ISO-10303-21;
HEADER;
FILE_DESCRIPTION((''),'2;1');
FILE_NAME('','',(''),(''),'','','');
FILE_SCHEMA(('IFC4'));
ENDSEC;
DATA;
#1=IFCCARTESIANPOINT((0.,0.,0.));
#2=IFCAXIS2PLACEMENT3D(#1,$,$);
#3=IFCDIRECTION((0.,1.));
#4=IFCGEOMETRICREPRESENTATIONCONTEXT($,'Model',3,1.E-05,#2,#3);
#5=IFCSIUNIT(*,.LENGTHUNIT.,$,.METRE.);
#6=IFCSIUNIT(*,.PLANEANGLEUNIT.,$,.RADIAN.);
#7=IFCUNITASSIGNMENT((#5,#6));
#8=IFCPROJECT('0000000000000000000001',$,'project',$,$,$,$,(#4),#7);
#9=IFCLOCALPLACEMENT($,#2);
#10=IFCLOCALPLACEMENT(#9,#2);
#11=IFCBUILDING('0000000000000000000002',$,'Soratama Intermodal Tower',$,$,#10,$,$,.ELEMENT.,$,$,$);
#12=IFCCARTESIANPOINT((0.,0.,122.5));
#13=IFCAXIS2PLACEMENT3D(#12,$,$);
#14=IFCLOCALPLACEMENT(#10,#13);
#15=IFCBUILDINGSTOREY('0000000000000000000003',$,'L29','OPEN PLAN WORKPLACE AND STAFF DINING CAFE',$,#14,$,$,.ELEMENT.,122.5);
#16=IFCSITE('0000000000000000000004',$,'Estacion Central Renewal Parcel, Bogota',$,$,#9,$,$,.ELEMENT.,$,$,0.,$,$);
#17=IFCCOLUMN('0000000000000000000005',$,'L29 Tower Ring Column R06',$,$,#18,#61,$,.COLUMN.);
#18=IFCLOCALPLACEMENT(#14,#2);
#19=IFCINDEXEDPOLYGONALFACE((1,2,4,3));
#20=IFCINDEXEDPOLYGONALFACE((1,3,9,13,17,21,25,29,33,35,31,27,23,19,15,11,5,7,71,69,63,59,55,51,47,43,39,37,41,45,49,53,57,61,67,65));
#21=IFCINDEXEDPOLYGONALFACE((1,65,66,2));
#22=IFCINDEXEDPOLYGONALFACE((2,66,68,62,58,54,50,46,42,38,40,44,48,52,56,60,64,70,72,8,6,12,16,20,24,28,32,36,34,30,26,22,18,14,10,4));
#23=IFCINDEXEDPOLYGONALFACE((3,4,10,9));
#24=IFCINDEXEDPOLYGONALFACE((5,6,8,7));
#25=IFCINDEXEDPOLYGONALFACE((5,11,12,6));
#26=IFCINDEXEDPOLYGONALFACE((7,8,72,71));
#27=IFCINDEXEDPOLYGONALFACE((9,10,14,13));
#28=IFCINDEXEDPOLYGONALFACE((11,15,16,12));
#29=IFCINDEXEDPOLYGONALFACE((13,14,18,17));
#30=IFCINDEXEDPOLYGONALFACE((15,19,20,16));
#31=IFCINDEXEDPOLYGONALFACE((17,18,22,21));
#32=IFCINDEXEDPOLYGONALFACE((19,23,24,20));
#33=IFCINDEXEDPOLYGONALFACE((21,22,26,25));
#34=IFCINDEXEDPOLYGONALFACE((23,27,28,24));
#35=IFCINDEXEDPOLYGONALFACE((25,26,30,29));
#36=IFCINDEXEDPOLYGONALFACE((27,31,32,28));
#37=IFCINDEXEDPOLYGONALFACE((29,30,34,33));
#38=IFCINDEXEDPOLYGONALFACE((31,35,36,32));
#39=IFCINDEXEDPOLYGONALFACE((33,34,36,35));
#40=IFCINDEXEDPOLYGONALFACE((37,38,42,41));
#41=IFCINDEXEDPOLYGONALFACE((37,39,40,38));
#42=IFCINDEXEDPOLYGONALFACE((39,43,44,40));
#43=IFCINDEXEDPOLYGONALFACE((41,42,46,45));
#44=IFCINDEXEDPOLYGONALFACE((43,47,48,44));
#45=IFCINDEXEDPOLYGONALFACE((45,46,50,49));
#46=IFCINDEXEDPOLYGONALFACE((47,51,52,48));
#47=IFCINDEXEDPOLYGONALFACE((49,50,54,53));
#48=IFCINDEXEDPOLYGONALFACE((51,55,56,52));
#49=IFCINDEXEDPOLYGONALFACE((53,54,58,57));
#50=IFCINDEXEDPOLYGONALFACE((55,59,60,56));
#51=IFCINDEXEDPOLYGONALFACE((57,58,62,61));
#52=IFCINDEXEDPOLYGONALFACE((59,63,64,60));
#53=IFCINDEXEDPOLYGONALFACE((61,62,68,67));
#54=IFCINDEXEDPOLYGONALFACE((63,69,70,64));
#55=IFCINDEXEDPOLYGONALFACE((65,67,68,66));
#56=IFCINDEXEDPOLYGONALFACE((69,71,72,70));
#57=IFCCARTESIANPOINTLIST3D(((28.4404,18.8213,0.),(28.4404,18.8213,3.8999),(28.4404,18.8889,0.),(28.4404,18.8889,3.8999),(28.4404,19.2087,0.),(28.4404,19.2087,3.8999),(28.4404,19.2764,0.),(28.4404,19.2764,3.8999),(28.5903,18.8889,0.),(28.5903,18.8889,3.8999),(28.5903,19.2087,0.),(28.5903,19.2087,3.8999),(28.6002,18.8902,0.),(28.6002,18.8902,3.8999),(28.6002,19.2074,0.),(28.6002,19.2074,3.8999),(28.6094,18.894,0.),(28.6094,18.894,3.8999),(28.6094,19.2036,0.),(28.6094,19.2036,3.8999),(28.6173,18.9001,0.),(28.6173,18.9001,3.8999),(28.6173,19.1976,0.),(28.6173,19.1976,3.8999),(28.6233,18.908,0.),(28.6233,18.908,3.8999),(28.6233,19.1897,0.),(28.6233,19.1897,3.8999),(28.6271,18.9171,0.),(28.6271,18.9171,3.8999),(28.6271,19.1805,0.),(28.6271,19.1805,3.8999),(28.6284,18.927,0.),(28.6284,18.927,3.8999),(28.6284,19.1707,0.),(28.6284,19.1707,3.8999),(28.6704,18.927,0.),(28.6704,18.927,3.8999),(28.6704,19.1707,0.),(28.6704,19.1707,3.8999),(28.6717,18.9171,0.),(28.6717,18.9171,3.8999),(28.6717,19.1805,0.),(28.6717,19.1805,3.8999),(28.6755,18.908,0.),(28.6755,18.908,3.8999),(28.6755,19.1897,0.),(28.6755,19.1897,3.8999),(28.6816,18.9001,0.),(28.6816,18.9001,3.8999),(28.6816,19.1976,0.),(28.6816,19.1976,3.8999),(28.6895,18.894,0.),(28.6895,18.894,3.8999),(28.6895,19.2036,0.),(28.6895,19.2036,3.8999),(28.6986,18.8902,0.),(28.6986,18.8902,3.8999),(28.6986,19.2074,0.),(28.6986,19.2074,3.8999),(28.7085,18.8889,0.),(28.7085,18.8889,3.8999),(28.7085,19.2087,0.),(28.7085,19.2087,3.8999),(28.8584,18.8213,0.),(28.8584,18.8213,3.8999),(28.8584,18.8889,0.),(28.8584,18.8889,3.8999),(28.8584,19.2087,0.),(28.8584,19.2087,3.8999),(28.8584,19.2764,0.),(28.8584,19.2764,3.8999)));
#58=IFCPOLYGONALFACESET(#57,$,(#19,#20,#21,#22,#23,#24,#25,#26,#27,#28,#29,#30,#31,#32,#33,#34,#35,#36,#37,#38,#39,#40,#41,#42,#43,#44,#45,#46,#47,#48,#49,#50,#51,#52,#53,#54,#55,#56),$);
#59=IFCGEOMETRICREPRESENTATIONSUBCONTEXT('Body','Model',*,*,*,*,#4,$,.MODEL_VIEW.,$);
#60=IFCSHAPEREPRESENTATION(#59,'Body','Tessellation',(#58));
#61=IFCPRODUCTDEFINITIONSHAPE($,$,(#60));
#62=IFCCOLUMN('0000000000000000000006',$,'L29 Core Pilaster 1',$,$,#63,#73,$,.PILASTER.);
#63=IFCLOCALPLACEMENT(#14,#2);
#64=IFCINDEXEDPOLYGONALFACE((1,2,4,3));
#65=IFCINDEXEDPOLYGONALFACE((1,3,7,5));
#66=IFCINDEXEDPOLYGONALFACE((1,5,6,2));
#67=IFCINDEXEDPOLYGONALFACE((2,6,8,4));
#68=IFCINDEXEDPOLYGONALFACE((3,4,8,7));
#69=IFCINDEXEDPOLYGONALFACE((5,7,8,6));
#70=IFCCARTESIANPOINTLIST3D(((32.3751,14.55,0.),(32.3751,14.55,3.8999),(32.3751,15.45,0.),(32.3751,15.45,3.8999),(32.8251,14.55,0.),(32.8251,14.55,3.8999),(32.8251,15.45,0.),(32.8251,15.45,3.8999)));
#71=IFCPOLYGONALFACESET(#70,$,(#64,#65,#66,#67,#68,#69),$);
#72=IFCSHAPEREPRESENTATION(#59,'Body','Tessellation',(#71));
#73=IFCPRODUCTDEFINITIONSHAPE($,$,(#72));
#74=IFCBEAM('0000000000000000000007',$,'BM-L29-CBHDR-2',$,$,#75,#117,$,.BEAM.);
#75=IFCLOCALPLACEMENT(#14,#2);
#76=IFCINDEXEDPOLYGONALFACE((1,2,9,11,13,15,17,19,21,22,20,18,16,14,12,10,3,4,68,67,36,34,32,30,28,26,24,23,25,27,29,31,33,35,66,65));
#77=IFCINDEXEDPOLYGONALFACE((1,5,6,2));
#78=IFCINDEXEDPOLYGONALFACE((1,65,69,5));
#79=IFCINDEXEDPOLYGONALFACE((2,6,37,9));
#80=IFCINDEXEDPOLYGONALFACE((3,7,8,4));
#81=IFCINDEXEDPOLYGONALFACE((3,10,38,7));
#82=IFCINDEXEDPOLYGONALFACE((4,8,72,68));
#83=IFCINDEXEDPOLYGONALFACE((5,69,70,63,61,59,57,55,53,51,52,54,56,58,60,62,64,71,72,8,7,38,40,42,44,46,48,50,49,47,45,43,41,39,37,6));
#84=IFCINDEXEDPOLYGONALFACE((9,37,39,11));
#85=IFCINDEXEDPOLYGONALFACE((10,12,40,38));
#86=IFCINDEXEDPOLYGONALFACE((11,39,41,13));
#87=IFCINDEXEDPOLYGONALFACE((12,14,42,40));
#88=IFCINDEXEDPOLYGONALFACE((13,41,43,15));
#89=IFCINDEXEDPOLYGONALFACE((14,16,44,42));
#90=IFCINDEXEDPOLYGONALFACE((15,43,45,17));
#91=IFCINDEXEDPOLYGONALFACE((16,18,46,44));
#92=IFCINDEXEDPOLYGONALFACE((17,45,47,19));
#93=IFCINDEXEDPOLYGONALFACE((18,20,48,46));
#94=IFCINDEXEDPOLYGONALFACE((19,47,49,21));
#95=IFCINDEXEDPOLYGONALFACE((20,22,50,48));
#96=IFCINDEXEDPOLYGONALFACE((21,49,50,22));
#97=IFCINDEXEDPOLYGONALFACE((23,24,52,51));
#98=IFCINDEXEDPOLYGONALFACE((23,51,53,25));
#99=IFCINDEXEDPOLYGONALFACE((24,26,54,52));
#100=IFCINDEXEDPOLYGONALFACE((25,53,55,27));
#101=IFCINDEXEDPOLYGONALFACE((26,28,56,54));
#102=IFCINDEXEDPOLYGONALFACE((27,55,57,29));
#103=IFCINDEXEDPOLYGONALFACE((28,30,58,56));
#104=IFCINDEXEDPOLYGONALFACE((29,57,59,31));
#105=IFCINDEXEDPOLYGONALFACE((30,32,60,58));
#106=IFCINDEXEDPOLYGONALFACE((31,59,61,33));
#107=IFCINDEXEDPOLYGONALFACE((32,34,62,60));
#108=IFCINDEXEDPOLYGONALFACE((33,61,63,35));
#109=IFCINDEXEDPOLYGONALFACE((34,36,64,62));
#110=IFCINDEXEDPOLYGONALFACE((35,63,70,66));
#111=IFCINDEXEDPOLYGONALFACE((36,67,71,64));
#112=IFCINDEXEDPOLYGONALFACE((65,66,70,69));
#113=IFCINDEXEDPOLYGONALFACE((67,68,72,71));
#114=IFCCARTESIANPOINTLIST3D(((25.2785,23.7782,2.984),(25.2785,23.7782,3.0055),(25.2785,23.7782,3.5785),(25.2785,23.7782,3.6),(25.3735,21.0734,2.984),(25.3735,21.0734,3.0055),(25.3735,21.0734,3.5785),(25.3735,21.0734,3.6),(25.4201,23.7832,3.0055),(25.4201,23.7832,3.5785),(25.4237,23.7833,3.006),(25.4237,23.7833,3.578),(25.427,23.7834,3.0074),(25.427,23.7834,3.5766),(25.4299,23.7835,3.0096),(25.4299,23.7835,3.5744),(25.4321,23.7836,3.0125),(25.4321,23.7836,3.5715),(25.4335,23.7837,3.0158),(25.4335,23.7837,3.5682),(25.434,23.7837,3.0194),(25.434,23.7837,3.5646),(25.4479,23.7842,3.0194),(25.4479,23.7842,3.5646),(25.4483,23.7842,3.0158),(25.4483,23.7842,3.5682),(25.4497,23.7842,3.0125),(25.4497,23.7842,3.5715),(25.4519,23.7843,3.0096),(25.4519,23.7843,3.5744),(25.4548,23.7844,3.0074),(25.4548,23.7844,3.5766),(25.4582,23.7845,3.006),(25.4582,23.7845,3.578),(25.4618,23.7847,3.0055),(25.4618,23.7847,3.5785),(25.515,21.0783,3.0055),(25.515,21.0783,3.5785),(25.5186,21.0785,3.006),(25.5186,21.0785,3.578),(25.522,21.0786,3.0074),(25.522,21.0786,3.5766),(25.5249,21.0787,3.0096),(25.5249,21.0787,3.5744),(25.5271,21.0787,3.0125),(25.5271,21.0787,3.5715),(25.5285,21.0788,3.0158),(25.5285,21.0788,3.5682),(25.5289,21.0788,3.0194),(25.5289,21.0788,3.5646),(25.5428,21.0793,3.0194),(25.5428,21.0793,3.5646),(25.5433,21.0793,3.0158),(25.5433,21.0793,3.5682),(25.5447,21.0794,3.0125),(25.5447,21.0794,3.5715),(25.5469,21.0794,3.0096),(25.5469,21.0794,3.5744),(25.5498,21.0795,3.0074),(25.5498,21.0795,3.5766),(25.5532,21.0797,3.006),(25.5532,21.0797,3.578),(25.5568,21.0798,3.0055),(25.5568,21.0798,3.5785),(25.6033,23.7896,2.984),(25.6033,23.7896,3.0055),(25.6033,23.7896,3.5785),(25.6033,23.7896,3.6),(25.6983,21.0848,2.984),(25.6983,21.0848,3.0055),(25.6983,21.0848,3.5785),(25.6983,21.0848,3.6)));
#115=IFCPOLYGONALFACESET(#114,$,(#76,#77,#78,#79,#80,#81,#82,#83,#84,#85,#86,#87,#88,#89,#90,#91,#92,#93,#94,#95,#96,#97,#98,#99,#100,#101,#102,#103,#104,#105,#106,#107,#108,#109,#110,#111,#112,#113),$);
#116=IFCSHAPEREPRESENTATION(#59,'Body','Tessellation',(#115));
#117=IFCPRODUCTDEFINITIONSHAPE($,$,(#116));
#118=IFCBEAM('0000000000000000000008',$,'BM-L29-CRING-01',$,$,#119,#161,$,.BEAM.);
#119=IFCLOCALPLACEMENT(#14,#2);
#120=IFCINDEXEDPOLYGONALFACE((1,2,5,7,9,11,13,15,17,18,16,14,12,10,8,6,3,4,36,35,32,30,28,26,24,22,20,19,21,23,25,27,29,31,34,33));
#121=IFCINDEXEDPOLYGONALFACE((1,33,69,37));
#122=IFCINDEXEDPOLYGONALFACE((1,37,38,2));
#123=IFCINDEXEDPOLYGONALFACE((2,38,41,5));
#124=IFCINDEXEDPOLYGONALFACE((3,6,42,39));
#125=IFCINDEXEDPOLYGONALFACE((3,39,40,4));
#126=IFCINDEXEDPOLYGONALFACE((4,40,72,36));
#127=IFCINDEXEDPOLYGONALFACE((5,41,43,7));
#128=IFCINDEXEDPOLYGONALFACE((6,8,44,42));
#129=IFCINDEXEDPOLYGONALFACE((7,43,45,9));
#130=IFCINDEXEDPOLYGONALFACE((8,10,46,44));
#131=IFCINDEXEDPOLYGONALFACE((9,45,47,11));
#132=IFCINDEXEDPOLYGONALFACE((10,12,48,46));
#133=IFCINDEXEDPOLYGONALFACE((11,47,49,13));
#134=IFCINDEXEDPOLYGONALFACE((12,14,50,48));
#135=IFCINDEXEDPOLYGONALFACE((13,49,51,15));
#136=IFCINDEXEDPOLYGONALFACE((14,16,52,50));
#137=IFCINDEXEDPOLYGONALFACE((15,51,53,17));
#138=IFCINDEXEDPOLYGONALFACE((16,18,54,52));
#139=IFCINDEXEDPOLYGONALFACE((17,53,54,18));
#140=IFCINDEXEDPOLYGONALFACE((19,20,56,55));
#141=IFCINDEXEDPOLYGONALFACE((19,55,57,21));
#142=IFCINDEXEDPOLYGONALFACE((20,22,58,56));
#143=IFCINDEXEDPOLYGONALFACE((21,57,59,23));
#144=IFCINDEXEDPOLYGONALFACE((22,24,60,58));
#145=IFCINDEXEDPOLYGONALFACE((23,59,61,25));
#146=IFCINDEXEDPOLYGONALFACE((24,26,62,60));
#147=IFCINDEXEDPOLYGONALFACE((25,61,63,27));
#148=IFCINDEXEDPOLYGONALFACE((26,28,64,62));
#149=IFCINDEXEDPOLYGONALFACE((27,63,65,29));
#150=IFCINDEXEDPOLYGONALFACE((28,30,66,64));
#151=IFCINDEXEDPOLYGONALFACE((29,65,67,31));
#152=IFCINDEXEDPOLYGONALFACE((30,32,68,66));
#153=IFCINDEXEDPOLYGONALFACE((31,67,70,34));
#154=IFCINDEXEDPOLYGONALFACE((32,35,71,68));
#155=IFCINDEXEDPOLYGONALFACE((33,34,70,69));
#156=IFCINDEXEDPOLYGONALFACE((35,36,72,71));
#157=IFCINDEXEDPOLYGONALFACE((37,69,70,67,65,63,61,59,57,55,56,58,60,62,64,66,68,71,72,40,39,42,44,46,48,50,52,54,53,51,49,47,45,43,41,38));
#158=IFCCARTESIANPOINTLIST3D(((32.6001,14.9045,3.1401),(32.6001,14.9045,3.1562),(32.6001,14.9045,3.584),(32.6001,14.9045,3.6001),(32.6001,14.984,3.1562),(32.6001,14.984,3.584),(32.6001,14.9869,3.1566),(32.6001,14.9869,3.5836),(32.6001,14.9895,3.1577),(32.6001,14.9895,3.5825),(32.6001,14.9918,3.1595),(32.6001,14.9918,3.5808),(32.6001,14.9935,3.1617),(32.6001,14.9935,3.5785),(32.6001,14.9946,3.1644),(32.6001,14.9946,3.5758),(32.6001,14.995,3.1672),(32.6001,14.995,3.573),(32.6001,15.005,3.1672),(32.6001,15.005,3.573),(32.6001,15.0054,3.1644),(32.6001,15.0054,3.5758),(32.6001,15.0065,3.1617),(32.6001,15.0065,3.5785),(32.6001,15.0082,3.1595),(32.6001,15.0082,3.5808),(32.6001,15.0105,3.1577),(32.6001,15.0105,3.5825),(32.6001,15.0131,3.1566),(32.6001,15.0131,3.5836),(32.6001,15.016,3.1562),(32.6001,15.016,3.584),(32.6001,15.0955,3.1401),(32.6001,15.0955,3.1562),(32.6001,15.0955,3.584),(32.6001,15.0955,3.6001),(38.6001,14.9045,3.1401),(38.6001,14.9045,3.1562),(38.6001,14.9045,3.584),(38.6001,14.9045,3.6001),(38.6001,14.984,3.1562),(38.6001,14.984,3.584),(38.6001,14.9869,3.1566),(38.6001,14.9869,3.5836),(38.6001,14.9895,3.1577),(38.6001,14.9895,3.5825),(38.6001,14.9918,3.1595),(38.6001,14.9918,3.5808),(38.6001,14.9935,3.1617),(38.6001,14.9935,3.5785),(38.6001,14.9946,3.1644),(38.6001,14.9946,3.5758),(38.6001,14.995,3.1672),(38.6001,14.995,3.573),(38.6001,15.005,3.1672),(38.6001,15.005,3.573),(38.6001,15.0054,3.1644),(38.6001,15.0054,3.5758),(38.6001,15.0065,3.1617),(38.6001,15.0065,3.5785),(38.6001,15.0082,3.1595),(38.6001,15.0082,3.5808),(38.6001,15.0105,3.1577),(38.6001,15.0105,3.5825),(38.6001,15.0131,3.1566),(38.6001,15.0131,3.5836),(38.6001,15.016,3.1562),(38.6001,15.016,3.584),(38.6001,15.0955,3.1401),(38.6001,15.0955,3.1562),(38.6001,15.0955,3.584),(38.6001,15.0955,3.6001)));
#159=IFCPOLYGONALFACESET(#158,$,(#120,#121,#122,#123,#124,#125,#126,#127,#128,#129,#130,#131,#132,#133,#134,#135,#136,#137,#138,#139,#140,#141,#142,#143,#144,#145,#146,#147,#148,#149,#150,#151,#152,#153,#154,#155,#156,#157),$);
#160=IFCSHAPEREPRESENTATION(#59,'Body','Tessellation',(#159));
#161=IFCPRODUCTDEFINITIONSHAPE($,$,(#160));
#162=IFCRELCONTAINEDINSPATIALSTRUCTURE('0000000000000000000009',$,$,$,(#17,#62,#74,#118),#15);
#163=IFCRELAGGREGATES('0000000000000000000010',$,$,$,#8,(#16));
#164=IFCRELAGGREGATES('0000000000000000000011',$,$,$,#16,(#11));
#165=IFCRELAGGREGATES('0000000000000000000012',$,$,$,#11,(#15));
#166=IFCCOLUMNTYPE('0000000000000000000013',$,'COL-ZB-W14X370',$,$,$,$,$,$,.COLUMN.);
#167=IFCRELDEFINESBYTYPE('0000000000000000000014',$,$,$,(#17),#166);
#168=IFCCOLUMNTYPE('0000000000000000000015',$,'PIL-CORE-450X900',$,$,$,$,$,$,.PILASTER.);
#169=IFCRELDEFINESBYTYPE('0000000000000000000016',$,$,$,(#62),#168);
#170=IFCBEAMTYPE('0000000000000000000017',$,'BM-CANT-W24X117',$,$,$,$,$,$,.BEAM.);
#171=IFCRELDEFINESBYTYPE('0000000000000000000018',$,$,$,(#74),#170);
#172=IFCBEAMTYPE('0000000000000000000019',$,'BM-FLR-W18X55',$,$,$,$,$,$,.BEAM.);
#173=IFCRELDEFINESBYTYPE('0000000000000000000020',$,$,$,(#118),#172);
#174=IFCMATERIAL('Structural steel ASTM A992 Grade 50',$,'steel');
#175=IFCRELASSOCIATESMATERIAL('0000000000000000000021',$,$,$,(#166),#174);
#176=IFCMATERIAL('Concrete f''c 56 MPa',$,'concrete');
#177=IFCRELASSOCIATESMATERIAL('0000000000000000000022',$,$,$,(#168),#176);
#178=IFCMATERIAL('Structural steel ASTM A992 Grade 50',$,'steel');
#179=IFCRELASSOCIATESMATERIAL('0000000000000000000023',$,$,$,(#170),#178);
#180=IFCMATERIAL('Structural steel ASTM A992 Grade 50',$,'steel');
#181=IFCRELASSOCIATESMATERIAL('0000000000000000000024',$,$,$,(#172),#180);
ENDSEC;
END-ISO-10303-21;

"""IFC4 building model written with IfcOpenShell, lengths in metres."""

from ifc_helpers import new_model, si_unit, direction, frame, origin, origin_2d, place, context, subcontext, project, spatial, rectangle, i_section, extrude, material, material_profile, profile_set, type_object, element, save


model = new_model("IFC4")

# Units and contexts
model_context = context("Model", 3, precision=1e-05, world=origin(), true_north=direction((0.0, 1.0)))
body_context = subcontext(model_context, "Body", "Model", "MODEL_VIEW")
ifc_project = project(units=[si_unit("LENGTHUNIT", "METRE"), si_unit("PLANEANGLEUNIT", "RADIAN")], contexts=[model_context])

# Site, building, storey
site_placement = place(None, origin())
site = spatial("IfcSite", under=ifc_project, at=site_placement, Name="Estacion Central Renewal Parcel, Bogota", CompositionType="ELEMENT", RefElevation=0.0)
building_placement = place(site_placement, origin())
building = spatial("IfcBuilding", under=site, at=building_placement, Name="Soratama Intermodal Tower", CompositionType="ELEMENT")
storey_placement = place(building_placement, frame((0.0, 0.0, 122.5)))
storey = spatial("IfcBuildingStorey", under=building, at=storey_placement, Name="L29", Description="OPEN PLAN WORKPLACE AND STAFF DINING CAFE", CompositionType="ELEMENT", Elevation=122.5)

# Columns
ifc_material_1 = material(Name="Structural steel ASTM A992 Grade 50", Category="steel")
ifc_material_profile_1 = material_profile(ifc_material_1, i_section(OverallWidth=0.418, OverallDepth=0.4551, WebThickness=0.042, FlangeThickness=0.0676, FilletRadius=0.0381, at=origin_2d()), Name="W14X370")
ifc_profile_set_1 = profile_set([ifc_material_profile_1], Name="Structural steel ASTM A992 Grade 50")
column_type_1 = type_object("IfcColumnType", Name="COL-ZB-W14X370", PredefinedType="COLUMN", material=ifc_profile_set_1)
column_1_placement = place(storey_placement, frame((28.6494, 19.0488, 0.0), z_axis=(0.0, 0.0, 1.0), x_axis=(1.0, 0.0, 0.0)))
element("IfcColumn", 1, at=column_1_placement, inside=storey, type_object=column_type_1, Name="L29 Tower Ring Column R06", PredefinedType="COLUMN", context=body_context, shape_type="SweptSolid", body=[
    extrude(i_section(OverallWidth=0.418, OverallDepth=0.4551, WebThickness=0.042, FlangeThickness=0.0676, FilletRadius=0.0381, at=origin_2d()), origin(), (0.0, 0.0, 1.0), 3.8999),
])
ifc_material_2 = material(Name="Concrete f'c 56 MPa", Category="concrete")
ifc_material_profile_2 = material_profile(ifc_material_2, rectangle(XDim=0.45, YDim=0.8999, at=origin_2d()), Name="RC450X900")
ifc_profile_set_2 = profile_set([ifc_material_profile_2], Name="Concrete f'c 56 MPa")
column_type_2 = type_object("IfcColumnType", Name="PIL-CORE-450X900", PredefinedType="PILASTER", material=ifc_profile_set_2)
column_2_placement = place(storey_placement, frame((32.6001, 15.0, 0.0), z_axis=(0.0, 0.0, 1.0), x_axis=(1.0, 0.0, 0.0)))
element("IfcColumn", 2, at=column_2_placement, inside=storey, type_object=column_type_2, Name="L29 Core Pilaster 1", PredefinedType="PILASTER", context=body_context, shape_type="SweptSolid", body=[
    extrude(rectangle(XDim=0.45, YDim=0.8999, at=origin_2d()), origin(), (0.0, 0.0, 1.0), 3.8999),
])

# Beams
ifc_material_3 = material(Name="Structural steel ASTM A992 Grade 50", Category="steel")
ifc_material_profile_3 = material_profile(ifc_material_3, i_section(OverallWidth=0.325, OverallDepth=0.616, WebThickness=0.0139, FlangeThickness=0.0215, FilletRadius=0.0139, at=origin_2d()), Name="W24X117")
ifc_profile_set_3 = profile_set([ifc_material_profile_3], Name="Structural steel ASTM A992 Grade 50")
beam_type_1 = type_object("IfcBeamType", Name="BM-CANT-W24X117", PredefinedType="BEAM", material=ifc_profile_set_3)
beam_1_placement = place(storey_placement, frame((25.4409, 23.7839, 3.292), z_axis=(0.03509, -0.999384, 0.0), x_axis=(0.999384, 0.03509, 0.0)))
element("IfcBeam", 3, at=beam_1_placement, inside=storey, type_object=beam_type_1, Name="BM-L29-CBHDR-2", PredefinedType="BEAM", context=body_context, shape_type="SweptSolid", body=[
    extrude(i_section(OverallWidth=0.325, OverallDepth=0.616, WebThickness=0.0139, FlangeThickness=0.0215, FilletRadius=0.0139, at=origin_2d()), origin(), (0.0, 0.0, 1.0), 2.7065),
])
ifc_material_4 = material(Name="Structural steel ASTM A992 Grade 50", Category="steel")
ifc_material_profile_4 = material_profile(ifc_material_4, i_section(OverallWidth=0.1909, OverallDepth=0.46, WebThickness=0.01, FlangeThickness=0.0161, FilletRadius=0.011, at=origin_2d()), Name="W18X55")
ifc_profile_set_4 = profile_set([ifc_material_profile_4], Name="Structural steel ASTM A992 Grade 50")
beam_type_2 = type_object("IfcBeamType", Name="BM-FLR-W18X55", PredefinedType="BEAM", material=ifc_profile_set_4)
beam_2_placement = place(storey_placement, frame((32.6001, 15.0, 3.3701), z_axis=(1.0, 0.0, 0.0), x_axis=(0.0, 1.0, 0.0)))
element("IfcBeam", 4, at=beam_2_placement, inside=storey, type_object=beam_type_2, Name="BM-L29-CRING-01", PredefinedType="BEAM", context=body_context, shape_type="SweptSolid", body=[
    extrude(i_section(OverallWidth=0.1909, OverallDepth=0.46, WebThickness=0.01, FlangeThickness=0.0161, FilletRadius=0.011, at=origin_2d()), origin(), (0.0, 0.0, 1.0), 6.0),
])

save(model, "model.ifc")
